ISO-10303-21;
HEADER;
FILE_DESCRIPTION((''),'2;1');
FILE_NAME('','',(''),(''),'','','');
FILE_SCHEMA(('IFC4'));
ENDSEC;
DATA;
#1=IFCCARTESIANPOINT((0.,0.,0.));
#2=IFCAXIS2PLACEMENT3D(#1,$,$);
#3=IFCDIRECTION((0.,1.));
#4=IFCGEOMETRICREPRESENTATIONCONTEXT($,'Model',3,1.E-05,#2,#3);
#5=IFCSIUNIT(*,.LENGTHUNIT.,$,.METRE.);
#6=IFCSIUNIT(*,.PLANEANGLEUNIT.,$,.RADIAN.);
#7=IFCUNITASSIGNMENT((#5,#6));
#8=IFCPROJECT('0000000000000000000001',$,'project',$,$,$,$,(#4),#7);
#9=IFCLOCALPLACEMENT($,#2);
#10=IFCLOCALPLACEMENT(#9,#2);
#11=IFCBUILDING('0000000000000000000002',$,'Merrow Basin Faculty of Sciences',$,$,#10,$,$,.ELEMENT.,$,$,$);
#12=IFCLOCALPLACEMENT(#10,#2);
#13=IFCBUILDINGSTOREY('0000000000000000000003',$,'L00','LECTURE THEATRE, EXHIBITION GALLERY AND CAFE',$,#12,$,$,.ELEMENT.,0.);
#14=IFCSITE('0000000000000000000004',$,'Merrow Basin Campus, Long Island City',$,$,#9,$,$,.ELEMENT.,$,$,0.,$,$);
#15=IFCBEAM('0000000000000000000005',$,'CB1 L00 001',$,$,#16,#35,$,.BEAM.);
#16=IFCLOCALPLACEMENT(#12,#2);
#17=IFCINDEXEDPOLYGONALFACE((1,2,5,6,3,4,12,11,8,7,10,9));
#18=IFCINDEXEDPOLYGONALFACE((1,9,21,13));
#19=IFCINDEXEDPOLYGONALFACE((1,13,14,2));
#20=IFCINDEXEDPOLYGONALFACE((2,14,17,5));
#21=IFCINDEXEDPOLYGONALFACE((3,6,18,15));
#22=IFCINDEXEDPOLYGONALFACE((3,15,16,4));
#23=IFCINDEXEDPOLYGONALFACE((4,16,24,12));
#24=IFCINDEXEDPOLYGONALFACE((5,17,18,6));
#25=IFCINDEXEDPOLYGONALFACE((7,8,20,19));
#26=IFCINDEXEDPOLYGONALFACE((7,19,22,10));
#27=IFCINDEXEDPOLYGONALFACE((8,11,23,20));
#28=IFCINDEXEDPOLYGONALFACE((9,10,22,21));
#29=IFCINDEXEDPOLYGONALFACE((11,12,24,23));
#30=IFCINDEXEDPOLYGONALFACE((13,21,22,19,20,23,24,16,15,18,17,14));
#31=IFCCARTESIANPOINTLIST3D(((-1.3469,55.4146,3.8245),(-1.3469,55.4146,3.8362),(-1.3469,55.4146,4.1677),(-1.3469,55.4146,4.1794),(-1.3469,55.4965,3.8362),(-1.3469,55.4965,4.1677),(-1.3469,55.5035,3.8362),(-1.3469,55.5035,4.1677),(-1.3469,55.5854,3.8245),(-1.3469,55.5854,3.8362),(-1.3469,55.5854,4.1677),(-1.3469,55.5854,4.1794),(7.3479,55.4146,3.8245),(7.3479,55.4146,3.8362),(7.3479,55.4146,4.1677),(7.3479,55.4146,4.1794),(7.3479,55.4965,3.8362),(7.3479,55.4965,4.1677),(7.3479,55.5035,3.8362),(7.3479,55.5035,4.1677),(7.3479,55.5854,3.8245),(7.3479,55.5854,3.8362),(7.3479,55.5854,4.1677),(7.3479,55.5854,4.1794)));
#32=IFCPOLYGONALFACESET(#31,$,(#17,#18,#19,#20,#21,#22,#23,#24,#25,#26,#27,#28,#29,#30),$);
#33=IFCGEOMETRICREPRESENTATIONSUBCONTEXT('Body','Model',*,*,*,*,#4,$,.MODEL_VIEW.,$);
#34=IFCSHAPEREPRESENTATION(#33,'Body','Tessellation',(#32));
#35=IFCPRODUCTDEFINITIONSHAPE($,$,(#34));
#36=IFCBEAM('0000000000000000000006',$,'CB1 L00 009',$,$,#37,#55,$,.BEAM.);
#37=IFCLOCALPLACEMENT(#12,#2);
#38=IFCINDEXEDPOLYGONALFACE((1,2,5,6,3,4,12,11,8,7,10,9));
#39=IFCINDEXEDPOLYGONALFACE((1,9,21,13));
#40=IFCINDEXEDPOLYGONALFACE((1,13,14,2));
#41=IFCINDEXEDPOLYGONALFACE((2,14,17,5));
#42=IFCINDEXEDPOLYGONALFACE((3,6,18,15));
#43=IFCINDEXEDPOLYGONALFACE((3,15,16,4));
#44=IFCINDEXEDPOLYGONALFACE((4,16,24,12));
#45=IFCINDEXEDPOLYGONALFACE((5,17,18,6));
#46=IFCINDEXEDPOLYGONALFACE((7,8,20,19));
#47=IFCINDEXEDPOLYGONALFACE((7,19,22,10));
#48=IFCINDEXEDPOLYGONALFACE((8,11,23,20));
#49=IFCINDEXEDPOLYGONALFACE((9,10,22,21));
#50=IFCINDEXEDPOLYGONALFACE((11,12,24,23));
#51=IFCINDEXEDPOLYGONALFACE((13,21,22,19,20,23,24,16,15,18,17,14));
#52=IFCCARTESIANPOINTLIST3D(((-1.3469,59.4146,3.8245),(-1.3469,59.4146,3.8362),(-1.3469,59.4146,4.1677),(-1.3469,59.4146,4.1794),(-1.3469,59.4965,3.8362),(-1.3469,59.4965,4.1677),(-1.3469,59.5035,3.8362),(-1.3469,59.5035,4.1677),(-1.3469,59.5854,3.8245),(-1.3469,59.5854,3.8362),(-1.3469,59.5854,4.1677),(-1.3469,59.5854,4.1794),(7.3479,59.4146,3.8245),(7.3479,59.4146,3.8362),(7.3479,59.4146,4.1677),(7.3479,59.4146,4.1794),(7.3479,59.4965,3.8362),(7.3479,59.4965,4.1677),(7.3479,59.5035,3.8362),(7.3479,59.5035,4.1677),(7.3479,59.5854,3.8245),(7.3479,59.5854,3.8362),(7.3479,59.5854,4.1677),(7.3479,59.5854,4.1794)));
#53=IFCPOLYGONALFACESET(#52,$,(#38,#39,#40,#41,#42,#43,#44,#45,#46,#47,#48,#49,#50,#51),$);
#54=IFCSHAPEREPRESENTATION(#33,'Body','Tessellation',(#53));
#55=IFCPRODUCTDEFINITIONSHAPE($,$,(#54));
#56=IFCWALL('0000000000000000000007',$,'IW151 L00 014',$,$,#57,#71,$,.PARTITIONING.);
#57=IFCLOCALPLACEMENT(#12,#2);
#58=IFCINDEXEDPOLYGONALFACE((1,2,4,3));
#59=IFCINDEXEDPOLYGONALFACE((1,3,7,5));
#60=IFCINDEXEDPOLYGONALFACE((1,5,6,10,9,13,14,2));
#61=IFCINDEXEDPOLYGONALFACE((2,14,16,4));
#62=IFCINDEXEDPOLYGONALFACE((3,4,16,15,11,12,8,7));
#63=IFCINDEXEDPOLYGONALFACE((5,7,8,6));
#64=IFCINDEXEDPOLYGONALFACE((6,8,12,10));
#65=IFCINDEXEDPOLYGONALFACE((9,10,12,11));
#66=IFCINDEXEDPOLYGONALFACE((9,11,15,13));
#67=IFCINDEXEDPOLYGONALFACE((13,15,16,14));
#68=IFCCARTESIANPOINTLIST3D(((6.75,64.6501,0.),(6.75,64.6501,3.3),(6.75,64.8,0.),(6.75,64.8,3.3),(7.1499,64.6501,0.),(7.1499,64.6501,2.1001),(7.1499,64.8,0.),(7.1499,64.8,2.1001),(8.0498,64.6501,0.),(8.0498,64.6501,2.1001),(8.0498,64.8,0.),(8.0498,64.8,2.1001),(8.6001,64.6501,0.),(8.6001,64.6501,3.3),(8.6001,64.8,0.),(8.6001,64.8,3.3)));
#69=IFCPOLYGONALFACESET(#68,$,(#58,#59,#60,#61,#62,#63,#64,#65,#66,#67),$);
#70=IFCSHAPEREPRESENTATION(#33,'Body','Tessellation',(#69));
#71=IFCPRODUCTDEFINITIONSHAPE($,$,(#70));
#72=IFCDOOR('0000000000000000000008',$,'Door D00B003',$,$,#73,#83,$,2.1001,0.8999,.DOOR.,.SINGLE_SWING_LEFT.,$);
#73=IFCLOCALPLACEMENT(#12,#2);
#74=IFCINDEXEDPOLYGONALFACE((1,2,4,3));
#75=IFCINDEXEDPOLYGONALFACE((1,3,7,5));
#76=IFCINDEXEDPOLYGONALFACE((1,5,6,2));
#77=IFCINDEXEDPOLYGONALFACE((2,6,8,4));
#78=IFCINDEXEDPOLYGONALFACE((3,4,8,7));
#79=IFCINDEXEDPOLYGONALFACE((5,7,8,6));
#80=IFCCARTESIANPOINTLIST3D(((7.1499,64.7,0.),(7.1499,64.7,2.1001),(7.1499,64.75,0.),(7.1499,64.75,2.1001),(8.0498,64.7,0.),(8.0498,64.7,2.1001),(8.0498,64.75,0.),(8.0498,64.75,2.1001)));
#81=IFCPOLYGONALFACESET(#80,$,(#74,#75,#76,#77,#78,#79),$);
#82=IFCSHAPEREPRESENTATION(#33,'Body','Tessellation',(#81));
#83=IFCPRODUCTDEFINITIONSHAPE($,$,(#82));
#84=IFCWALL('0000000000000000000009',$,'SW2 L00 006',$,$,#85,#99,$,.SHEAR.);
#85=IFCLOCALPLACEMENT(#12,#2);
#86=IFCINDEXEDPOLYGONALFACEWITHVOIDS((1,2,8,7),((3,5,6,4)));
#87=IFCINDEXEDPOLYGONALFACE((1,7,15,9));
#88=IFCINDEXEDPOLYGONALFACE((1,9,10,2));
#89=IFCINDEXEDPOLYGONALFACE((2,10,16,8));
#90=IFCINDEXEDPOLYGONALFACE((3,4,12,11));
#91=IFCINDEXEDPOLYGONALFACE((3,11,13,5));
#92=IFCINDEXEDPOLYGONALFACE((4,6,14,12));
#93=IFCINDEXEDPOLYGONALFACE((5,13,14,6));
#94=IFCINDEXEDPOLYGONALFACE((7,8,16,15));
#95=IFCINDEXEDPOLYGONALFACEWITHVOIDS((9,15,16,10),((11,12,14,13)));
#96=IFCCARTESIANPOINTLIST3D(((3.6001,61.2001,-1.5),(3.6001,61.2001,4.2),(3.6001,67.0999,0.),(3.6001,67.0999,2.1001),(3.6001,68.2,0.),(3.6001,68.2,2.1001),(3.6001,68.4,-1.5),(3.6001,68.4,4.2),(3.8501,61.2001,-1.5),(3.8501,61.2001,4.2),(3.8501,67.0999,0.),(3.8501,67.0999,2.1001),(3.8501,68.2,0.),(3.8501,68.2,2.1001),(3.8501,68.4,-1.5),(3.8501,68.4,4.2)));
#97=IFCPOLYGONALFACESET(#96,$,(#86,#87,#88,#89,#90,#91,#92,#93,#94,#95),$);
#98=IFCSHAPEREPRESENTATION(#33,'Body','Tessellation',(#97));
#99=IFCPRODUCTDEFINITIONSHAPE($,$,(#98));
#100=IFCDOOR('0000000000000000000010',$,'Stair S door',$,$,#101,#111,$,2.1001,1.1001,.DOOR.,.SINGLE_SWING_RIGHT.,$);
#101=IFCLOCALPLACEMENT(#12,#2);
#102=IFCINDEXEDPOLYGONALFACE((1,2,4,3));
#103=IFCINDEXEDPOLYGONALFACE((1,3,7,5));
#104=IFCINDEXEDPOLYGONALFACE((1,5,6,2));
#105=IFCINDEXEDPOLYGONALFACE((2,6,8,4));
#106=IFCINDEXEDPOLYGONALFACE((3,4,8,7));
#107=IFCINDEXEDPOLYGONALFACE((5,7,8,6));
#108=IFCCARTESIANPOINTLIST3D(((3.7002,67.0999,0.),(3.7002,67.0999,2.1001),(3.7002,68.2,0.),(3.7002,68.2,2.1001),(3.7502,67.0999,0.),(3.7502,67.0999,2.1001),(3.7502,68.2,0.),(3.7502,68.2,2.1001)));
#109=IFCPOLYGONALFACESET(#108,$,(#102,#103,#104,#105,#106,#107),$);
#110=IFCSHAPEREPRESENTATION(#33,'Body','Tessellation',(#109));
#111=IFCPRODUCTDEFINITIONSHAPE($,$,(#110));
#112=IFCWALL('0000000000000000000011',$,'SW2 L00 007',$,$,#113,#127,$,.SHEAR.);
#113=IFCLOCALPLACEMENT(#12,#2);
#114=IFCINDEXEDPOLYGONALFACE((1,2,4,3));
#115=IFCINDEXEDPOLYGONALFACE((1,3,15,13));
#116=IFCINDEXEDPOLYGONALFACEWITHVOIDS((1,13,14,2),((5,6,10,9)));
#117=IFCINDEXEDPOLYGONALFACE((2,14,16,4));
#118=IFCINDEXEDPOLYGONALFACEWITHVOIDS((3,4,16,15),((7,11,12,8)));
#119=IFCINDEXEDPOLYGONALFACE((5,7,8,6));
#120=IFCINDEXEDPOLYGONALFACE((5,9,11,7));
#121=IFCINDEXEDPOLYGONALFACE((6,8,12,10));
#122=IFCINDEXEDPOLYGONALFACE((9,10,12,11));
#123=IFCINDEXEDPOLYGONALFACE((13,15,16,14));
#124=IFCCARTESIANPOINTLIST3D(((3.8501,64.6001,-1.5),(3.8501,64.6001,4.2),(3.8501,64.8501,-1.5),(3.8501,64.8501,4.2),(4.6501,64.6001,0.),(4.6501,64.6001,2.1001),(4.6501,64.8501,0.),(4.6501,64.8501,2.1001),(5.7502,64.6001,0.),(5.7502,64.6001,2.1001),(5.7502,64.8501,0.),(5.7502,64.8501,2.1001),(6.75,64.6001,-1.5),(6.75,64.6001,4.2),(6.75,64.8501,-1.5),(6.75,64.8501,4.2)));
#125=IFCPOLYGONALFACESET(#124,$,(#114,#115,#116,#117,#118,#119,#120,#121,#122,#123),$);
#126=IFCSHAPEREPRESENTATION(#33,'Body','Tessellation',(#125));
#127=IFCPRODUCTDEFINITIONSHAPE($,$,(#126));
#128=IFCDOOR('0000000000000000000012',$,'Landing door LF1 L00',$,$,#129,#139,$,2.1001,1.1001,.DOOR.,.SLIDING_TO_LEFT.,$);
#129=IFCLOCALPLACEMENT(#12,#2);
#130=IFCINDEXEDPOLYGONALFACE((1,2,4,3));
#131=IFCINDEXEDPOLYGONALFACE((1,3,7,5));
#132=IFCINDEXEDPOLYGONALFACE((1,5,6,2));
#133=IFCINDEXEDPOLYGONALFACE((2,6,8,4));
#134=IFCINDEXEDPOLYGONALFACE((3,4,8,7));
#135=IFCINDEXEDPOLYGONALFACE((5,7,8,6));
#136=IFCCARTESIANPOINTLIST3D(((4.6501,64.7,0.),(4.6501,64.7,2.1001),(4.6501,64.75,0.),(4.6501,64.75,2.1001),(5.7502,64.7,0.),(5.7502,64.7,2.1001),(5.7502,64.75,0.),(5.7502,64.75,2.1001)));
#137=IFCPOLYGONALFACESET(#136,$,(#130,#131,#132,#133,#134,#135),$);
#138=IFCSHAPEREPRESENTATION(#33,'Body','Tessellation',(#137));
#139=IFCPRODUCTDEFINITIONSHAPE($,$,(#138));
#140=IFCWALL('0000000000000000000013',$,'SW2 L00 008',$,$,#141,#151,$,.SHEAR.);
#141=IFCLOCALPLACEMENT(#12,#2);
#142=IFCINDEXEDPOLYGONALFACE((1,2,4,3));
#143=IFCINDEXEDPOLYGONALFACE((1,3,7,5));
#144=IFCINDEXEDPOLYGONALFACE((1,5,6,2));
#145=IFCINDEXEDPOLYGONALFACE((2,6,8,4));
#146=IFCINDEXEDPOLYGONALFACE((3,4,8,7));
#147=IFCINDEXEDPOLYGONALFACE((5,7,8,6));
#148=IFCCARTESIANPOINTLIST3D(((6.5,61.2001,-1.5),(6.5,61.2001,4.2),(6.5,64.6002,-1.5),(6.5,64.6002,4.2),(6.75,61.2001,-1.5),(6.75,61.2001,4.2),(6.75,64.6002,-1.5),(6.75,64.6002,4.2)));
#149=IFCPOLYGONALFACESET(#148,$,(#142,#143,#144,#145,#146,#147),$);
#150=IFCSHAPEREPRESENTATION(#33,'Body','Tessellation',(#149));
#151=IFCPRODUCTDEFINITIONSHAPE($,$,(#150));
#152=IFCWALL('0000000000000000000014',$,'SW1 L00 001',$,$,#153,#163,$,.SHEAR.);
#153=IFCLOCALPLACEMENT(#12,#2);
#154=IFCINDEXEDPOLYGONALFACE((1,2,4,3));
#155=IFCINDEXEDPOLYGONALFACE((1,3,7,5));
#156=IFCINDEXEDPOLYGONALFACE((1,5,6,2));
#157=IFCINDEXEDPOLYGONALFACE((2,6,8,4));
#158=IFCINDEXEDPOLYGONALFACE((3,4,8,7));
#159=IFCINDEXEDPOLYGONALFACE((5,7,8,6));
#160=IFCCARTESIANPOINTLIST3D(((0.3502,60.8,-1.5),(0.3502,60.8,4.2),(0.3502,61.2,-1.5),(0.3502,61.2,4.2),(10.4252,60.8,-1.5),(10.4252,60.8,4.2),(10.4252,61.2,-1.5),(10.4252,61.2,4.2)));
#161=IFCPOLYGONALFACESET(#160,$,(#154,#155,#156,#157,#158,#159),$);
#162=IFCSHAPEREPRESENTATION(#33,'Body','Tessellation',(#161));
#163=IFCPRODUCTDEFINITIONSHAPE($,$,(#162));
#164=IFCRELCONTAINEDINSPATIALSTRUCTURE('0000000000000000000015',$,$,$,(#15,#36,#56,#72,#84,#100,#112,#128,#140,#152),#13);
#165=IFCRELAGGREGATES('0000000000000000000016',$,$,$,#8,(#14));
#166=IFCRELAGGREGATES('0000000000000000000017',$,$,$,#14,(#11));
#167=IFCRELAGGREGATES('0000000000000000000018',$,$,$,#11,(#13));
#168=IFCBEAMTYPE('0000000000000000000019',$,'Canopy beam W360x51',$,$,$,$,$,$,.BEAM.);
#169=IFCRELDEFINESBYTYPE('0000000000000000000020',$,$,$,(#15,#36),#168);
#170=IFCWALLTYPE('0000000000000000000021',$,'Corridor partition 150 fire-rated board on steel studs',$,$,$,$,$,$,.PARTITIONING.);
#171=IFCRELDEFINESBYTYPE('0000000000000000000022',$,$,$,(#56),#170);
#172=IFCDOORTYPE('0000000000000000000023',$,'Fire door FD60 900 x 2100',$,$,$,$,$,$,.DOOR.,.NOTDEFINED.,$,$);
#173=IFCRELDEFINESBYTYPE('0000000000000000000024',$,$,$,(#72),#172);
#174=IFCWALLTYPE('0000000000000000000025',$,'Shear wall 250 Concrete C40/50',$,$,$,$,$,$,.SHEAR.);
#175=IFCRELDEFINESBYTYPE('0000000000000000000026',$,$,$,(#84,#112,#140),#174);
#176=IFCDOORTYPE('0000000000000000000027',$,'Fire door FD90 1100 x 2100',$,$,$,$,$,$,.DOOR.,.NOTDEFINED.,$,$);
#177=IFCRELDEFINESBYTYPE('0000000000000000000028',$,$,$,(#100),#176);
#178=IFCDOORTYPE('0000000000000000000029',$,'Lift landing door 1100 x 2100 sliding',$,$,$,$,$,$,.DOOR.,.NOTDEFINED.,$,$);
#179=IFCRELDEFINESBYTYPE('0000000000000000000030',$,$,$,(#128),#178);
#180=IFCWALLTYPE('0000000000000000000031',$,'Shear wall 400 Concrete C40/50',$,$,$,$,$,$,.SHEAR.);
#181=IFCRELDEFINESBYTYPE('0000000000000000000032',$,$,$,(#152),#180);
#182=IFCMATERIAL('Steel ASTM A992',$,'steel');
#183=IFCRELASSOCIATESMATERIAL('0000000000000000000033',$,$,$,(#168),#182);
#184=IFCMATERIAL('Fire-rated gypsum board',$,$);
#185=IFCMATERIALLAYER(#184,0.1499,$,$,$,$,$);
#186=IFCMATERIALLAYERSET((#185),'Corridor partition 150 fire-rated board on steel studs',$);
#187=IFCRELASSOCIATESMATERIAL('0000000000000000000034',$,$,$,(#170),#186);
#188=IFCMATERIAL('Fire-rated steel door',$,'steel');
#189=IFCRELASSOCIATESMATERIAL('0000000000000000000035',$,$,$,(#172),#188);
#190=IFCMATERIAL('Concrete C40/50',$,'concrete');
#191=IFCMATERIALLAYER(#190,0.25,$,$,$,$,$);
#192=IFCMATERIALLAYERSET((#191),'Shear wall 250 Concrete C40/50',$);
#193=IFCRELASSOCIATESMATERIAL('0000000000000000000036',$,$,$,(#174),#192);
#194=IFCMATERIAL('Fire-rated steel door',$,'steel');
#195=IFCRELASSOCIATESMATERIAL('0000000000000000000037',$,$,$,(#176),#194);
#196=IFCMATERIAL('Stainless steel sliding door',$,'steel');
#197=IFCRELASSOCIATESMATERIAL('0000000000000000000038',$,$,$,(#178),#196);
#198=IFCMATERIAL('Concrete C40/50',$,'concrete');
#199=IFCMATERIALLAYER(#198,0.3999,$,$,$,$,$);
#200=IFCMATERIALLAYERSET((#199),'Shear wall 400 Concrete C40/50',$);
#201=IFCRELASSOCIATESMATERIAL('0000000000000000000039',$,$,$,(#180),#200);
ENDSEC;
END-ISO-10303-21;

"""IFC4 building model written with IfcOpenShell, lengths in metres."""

from ifc_helpers import new_model, si_unit, direction, frame, frame_2d, origin, origin_2d, place, context, subcontext, project, spatial, rectangle, i_section, extrude, material, layer, layer_set, material_profile, profile_set, type_object, element, fill, save


model = new_model("IFC4")

# Units and contexts
model_context = context("Model", 3, precision=1e-05, world=origin(), true_north=direction((0.0, 1.0)))
body_context = subcontext(model_context, "Body", "Model", "MODEL_VIEW")
ifc_project = project(units=[si_unit("LENGTHUNIT", "METRE"), si_unit("PLANEANGLEUNIT", "RADIAN")], contexts=[model_context])

# Site, building, storey
site_placement = place(None, origin())
site = spatial("IfcSite", under=ifc_project, at=site_placement, Name="Merrow Basin Campus, Long Island City", CompositionType="ELEMENT", RefElevation=0.0)
building_placement = place(site_placement, origin())
building = spatial("IfcBuilding", under=site, at=building_placement, Name="Merrow Basin Faculty of Sciences", CompositionType="ELEMENT")
storey_placement = place(building_placement, origin())
storey = spatial("IfcBuildingStorey", under=building, at=storey_placement, Name="L00", Description="LECTURE THEATRE, EXHIBITION GALLERY AND CAFE", CompositionType="ELEMENT", Elevation=0.0)

# Beams
ifc_material_1 = material(Name="Steel ASTM A992", Category="steel")
ifc_material_profile_1 = material_profile(ifc_material_1, i_section(OverallWidth=0.1709, OverallDepth=0.355, WebThickness=0.0071, FlangeThickness=0.0117, at=origin_2d()))
ifc_profile_set_1 = profile_set([ifc_material_profile_1], Name="Steel ASTM A992")
beam_type = type_object("IfcBeamType", Name="Canopy beam W360x51", PredefinedType="BEAM", material=ifc_profile_set_1)
for number, where, z_axis, x_axis, name in (
    (1, (-1.3469, 55.5, 4.002), (1.0, 0.0, 0.0), (0.0, 1.0, 0.0), "CB1 L00 001"),
    (2, (-1.3469, 59.5, 4.002), (1.0, 0.0, 0.0), (0.0, 1.0, 0.0), "CB1 L00 009"),
):
    element("IfcBeam", number, at=place(storey_placement, frame(where, z_axis=z_axis, x_axis=x_axis)), inside=storey, type_object=beam_type, Name=name, PredefinedType="BEAM", context=body_context, shape_type="SweptSolid", body=[
        extrude(i_section(OverallWidth=0.1709, OverallDepth=0.355, WebThickness=0.0071, FlangeThickness=0.0117, at=origin_2d()), origin(), (0.0, 0.0, 1.0), 8.6948),
    ])

# Walls, openings, doors
ifc_material_2 = material(Name="Fire-rated gypsum board")
ifc_layer_1 = layer(ifc_material_2, 0.1499)
ifc_layer_set_1 = layer_set([ifc_layer_1], Name="Corridor partition 150 fire-rated board on steel studs")
wall_type_1 = type_object("IfcWallType", Name="Corridor partition 150 fire-rated board on steel studs", PredefinedType="PARTITIONING", material=ifc_layer_set_1)
wall_1_placement = place(storey_placement, frame((6.75, 64.7251, 0.0), z_axis=(0.0, 0.0, 1.0), x_axis=(1.0, 0.0, 0.0)))
wall_1 = element("IfcWall", 3, at=wall_1_placement, inside=storey, type_object=wall_type_1, Name="IW151 L00 014", PredefinedType="PARTITIONING", context=body_context, shape_type="SweptSolid", body=[
    extrude(rectangle(XDim=1.8501, YDim=0.1499, at=frame_2d((0.925, 0.0))), origin(), (0.0, 0.0, 1.0), 3.3),
])
opening_1_placement = place(wall_1_placement, frame((0.3999, 0.0, 0.0)))
opening_1 = element("IfcOpeningElement", 4, at=opening_1_placement, cuts=wall_1, PredefinedType="OPENING", context=body_context, shape_type="SweptSolid", body=[
    extrude(rectangle(XDim=0.8999, YDim=2.1001, at=frame_2d((0.45, 1.05))), frame((0.0, 0.085, 0.0), z_axis=(0.0, -1.0, 0.0), x_axis=(1.0, 0.0, 0.0)), (0.0, 0.0, 1.0), 0.1699),
])
ifc_material_3 = material(Name="Fire-rated steel door", Category="steel")
door_type_1 = type_object("IfcDoorType", Name="Fire door FD60 900 x 2100", OperationType="NOTDEFINED", PredefinedType="DOOR", material=ifc_material_3)
door_1_placement = place(opening_1_placement, origin())
door_1 = element("IfcDoor", 5, at=door_1_placement, inside=storey, type_object=door_type_1, Name="Door D00B003", OperationType="SINGLE_SWING_LEFT", OverallHeight=2.1001, OverallWidth=0.8999, PredefinedType="DOOR", context=body_context, shape_type="SweptSolid", body=[
    extrude(rectangle(XDim=0.8999, YDim=2.1001, at=frame_2d((0.45, 1.05))), frame((0.0, 0.0249, 0.0), z_axis=(0.0, -1.0, 0.0), x_axis=(1.0, 0.0, 0.0)), (0.0, 0.0, 1.0), 0.05),
])
fill(opening_1, door_1)
ifc_material_4 = material(Name="Concrete C40/50", Category="concrete")
ifc_layer_2 = layer(ifc_material_4, 0.25)
ifc_layer_set_2 = layer_set([ifc_layer_2], Name="Shear wall 250 Concrete C40/50")
wall_type_2 = type_object("IfcWallType", Name="Shear wall 250 Concrete C40/50", PredefinedType="SHEAR", material=ifc_layer_set_2)
wall_2_placement = place(storey_placement, frame((3.7251, 61.2, -1.5), z_axis=(0.0, 0.0, 1.0), x_axis=(0.0, 1.0, 0.0)))
wall_2 = element("IfcWall", 6, at=wall_2_placement, inside=storey, type_object=wall_type_2, Name="SW2 L00 006", PredefinedType="SHEAR", context=body_context, shape_type="SweptSolid", body=[
    extrude(rectangle(XDim=7.2, YDim=0.25, at=frame_2d((3.6001, 0.0))), origin(), (0.0, 0.0, 1.0), 5.7),
])
opening_2_placement = place(wall_2_placement, frame((5.8999, 0.0, 1.5)))
opening_2 = element("IfcOpeningElement", 7, at=opening_2_placement, cuts=wall_2, PredefinedType="OPENING", context=body_context, shape_type="SweptSolid", body=[
    extrude(rectangle(XDim=1.1001, YDim=2.1001, at=frame_2d((0.55, 1.05))), frame((0.0, 0.135, 0.0), z_axis=(0.0, -1.0, 0.0), x_axis=(1.0, 0.0, 0.0)), (0.0, 0.0, 1.0), 0.27),
])
ifc_material_5 = material(Name="Fire-rated steel door", Category="steel")
door_type_2 = type_object("IfcDoorType", Name="Fire door FD90 1100 x 2100", OperationType="NOTDEFINED", PredefinedType="DOOR", material=ifc_material_5)
door_2_placement = place(opening_2_placement, origin())
door_2 = element("IfcDoor", 8, at=door_2_placement, inside=storey, type_object=door_type_2, Name="Stair S door", OperationType="SINGLE_SWING_RIGHT", OverallHeight=2.1001, OverallWidth=1.1001, PredefinedType="DOOR", context=body_context, shape_type="SweptSolid", body=[
    extrude(rectangle(XDim=1.1001, YDim=2.1001, at=frame_2d((0.55, 1.05))), frame((0.0, 0.0249, 0.0), z_axis=(0.0, -1.0, 0.0), x_axis=(1.0, 0.0, 0.0)), (0.0, 0.0, 1.0), 0.05),
])
fill(opening_2, door_2)
wall_3_placement = place(storey_placement, frame((3.8501, 64.7251, -1.5), z_axis=(0.0, 0.0, 1.0), x_axis=(1.0, 0.0, 0.0)))
wall_3 = element("IfcWall", 9, at=wall_3_placement, inside=storey, type_object=wall_type_2, Name="SW2 L00 007", PredefinedType="SHEAR", context=body_context, shape_type="SweptSolid", body=[
    extrude(rectangle(XDim=2.8999, YDim=0.25, at=frame_2d((1.45, 0.0))), origin(), (0.0, 0.0, 1.0), 5.7),
])
opening_3_placement = place(wall_3_placement, frame((0.8, 0.0, 1.5)))
opening_3 = element("IfcOpeningElement", 10, at=opening_3_placement, cuts=wall_3, PredefinedType="OPENING", context=body_context, shape_type="SweptSolid", body=[
    extrude(rectangle(XDim=1.1001, YDim=2.1001, at=frame_2d((0.55, 1.05))), frame((0.0, 0.135, 0.0), z_axis=(0.0, -1.0, 0.0), x_axis=(1.0, 0.0, 0.0)), (0.0, 0.0, 1.0), 0.27),
])
ifc_material_6 = material(Name="Stainless steel sliding door", Category="steel")
door_type_3 = type_object("IfcDoorType", Name="Lift landing door 1100 x 2100 sliding", OperationType="NOTDEFINED", PredefinedType="DOOR", material=ifc_material_6)
door_3_placement = place(opening_3_placement, origin())
door_3 = element("IfcDoor", 11, at=door_3_placement, inside=storey, type_object=door_type_3, Name="Landing door LF1 L00", OperationType="SLIDING_TO_LEFT", OverallHeight=2.1001, OverallWidth=1.1001, PredefinedType="DOOR", context=body_context, shape_type="SweptSolid", body=[
    extrude(rectangle(XDim=1.1001, YDim=2.1001, at=frame_2d((0.55, 1.05))), frame((0.0, 0.0249, 0.0), z_axis=(0.0, -1.0, 0.0), x_axis=(1.0, 0.0, 0.0)), (0.0, 0.0, 1.0), 0.05),
])
fill(opening_3, door_3)

# Walls
wall_4_placement = place(storey_placement, frame((6.625, 61.2, -1.5), z_axis=(0.0, 0.0, 1.0), x_axis=(0.0, 1.0, 0.0)))
element("IfcWall", 12, at=wall_4_placement, inside=storey, type_object=wall_type_2, Name="SW2 L00 008", PredefinedType="SHEAR", context=body_context, shape_type="SweptSolid", body=[
    extrude(rectangle(XDim=3.4001, YDim=0.25, at=frame_2d((1.7002, 0.0))), origin(), (0.0, 0.0, 1.0), 5.7),
])
ifc_material_7 = material(Name="Concrete C40/50", Category="concrete")
ifc_layer_3 = layer(ifc_material_7, 0.3999)
ifc_layer_set_3 = layer_set([ifc_layer_3], Name="Shear wall 400 Concrete C40/50")
wall_type_3 = type_object("IfcWallType", Name="Shear wall 400 Concrete C40/50", PredefinedType="SHEAR", material=ifc_layer_set_3)
wall_5_placement = place(storey_placement, frame((0.3501, 61.0, -1.5), z_axis=(0.0, 0.0, 1.0), x_axis=(1.0, 0.0, 0.0)))
element("IfcWall", 13, at=wall_5_placement, inside=storey, type_object=wall_type_3, Name="SW1 L00 001", PredefinedType="SHEAR", context=body_context, shape_type="SweptSolid", body=[
    extrude(rectangle(XDim=10.075, YDim=0.3999, at=frame_2d((5.0376, 0.0))), origin(), (0.0, 0.0, 1.0), 5.7),
])

save(model, "model.ifc")
